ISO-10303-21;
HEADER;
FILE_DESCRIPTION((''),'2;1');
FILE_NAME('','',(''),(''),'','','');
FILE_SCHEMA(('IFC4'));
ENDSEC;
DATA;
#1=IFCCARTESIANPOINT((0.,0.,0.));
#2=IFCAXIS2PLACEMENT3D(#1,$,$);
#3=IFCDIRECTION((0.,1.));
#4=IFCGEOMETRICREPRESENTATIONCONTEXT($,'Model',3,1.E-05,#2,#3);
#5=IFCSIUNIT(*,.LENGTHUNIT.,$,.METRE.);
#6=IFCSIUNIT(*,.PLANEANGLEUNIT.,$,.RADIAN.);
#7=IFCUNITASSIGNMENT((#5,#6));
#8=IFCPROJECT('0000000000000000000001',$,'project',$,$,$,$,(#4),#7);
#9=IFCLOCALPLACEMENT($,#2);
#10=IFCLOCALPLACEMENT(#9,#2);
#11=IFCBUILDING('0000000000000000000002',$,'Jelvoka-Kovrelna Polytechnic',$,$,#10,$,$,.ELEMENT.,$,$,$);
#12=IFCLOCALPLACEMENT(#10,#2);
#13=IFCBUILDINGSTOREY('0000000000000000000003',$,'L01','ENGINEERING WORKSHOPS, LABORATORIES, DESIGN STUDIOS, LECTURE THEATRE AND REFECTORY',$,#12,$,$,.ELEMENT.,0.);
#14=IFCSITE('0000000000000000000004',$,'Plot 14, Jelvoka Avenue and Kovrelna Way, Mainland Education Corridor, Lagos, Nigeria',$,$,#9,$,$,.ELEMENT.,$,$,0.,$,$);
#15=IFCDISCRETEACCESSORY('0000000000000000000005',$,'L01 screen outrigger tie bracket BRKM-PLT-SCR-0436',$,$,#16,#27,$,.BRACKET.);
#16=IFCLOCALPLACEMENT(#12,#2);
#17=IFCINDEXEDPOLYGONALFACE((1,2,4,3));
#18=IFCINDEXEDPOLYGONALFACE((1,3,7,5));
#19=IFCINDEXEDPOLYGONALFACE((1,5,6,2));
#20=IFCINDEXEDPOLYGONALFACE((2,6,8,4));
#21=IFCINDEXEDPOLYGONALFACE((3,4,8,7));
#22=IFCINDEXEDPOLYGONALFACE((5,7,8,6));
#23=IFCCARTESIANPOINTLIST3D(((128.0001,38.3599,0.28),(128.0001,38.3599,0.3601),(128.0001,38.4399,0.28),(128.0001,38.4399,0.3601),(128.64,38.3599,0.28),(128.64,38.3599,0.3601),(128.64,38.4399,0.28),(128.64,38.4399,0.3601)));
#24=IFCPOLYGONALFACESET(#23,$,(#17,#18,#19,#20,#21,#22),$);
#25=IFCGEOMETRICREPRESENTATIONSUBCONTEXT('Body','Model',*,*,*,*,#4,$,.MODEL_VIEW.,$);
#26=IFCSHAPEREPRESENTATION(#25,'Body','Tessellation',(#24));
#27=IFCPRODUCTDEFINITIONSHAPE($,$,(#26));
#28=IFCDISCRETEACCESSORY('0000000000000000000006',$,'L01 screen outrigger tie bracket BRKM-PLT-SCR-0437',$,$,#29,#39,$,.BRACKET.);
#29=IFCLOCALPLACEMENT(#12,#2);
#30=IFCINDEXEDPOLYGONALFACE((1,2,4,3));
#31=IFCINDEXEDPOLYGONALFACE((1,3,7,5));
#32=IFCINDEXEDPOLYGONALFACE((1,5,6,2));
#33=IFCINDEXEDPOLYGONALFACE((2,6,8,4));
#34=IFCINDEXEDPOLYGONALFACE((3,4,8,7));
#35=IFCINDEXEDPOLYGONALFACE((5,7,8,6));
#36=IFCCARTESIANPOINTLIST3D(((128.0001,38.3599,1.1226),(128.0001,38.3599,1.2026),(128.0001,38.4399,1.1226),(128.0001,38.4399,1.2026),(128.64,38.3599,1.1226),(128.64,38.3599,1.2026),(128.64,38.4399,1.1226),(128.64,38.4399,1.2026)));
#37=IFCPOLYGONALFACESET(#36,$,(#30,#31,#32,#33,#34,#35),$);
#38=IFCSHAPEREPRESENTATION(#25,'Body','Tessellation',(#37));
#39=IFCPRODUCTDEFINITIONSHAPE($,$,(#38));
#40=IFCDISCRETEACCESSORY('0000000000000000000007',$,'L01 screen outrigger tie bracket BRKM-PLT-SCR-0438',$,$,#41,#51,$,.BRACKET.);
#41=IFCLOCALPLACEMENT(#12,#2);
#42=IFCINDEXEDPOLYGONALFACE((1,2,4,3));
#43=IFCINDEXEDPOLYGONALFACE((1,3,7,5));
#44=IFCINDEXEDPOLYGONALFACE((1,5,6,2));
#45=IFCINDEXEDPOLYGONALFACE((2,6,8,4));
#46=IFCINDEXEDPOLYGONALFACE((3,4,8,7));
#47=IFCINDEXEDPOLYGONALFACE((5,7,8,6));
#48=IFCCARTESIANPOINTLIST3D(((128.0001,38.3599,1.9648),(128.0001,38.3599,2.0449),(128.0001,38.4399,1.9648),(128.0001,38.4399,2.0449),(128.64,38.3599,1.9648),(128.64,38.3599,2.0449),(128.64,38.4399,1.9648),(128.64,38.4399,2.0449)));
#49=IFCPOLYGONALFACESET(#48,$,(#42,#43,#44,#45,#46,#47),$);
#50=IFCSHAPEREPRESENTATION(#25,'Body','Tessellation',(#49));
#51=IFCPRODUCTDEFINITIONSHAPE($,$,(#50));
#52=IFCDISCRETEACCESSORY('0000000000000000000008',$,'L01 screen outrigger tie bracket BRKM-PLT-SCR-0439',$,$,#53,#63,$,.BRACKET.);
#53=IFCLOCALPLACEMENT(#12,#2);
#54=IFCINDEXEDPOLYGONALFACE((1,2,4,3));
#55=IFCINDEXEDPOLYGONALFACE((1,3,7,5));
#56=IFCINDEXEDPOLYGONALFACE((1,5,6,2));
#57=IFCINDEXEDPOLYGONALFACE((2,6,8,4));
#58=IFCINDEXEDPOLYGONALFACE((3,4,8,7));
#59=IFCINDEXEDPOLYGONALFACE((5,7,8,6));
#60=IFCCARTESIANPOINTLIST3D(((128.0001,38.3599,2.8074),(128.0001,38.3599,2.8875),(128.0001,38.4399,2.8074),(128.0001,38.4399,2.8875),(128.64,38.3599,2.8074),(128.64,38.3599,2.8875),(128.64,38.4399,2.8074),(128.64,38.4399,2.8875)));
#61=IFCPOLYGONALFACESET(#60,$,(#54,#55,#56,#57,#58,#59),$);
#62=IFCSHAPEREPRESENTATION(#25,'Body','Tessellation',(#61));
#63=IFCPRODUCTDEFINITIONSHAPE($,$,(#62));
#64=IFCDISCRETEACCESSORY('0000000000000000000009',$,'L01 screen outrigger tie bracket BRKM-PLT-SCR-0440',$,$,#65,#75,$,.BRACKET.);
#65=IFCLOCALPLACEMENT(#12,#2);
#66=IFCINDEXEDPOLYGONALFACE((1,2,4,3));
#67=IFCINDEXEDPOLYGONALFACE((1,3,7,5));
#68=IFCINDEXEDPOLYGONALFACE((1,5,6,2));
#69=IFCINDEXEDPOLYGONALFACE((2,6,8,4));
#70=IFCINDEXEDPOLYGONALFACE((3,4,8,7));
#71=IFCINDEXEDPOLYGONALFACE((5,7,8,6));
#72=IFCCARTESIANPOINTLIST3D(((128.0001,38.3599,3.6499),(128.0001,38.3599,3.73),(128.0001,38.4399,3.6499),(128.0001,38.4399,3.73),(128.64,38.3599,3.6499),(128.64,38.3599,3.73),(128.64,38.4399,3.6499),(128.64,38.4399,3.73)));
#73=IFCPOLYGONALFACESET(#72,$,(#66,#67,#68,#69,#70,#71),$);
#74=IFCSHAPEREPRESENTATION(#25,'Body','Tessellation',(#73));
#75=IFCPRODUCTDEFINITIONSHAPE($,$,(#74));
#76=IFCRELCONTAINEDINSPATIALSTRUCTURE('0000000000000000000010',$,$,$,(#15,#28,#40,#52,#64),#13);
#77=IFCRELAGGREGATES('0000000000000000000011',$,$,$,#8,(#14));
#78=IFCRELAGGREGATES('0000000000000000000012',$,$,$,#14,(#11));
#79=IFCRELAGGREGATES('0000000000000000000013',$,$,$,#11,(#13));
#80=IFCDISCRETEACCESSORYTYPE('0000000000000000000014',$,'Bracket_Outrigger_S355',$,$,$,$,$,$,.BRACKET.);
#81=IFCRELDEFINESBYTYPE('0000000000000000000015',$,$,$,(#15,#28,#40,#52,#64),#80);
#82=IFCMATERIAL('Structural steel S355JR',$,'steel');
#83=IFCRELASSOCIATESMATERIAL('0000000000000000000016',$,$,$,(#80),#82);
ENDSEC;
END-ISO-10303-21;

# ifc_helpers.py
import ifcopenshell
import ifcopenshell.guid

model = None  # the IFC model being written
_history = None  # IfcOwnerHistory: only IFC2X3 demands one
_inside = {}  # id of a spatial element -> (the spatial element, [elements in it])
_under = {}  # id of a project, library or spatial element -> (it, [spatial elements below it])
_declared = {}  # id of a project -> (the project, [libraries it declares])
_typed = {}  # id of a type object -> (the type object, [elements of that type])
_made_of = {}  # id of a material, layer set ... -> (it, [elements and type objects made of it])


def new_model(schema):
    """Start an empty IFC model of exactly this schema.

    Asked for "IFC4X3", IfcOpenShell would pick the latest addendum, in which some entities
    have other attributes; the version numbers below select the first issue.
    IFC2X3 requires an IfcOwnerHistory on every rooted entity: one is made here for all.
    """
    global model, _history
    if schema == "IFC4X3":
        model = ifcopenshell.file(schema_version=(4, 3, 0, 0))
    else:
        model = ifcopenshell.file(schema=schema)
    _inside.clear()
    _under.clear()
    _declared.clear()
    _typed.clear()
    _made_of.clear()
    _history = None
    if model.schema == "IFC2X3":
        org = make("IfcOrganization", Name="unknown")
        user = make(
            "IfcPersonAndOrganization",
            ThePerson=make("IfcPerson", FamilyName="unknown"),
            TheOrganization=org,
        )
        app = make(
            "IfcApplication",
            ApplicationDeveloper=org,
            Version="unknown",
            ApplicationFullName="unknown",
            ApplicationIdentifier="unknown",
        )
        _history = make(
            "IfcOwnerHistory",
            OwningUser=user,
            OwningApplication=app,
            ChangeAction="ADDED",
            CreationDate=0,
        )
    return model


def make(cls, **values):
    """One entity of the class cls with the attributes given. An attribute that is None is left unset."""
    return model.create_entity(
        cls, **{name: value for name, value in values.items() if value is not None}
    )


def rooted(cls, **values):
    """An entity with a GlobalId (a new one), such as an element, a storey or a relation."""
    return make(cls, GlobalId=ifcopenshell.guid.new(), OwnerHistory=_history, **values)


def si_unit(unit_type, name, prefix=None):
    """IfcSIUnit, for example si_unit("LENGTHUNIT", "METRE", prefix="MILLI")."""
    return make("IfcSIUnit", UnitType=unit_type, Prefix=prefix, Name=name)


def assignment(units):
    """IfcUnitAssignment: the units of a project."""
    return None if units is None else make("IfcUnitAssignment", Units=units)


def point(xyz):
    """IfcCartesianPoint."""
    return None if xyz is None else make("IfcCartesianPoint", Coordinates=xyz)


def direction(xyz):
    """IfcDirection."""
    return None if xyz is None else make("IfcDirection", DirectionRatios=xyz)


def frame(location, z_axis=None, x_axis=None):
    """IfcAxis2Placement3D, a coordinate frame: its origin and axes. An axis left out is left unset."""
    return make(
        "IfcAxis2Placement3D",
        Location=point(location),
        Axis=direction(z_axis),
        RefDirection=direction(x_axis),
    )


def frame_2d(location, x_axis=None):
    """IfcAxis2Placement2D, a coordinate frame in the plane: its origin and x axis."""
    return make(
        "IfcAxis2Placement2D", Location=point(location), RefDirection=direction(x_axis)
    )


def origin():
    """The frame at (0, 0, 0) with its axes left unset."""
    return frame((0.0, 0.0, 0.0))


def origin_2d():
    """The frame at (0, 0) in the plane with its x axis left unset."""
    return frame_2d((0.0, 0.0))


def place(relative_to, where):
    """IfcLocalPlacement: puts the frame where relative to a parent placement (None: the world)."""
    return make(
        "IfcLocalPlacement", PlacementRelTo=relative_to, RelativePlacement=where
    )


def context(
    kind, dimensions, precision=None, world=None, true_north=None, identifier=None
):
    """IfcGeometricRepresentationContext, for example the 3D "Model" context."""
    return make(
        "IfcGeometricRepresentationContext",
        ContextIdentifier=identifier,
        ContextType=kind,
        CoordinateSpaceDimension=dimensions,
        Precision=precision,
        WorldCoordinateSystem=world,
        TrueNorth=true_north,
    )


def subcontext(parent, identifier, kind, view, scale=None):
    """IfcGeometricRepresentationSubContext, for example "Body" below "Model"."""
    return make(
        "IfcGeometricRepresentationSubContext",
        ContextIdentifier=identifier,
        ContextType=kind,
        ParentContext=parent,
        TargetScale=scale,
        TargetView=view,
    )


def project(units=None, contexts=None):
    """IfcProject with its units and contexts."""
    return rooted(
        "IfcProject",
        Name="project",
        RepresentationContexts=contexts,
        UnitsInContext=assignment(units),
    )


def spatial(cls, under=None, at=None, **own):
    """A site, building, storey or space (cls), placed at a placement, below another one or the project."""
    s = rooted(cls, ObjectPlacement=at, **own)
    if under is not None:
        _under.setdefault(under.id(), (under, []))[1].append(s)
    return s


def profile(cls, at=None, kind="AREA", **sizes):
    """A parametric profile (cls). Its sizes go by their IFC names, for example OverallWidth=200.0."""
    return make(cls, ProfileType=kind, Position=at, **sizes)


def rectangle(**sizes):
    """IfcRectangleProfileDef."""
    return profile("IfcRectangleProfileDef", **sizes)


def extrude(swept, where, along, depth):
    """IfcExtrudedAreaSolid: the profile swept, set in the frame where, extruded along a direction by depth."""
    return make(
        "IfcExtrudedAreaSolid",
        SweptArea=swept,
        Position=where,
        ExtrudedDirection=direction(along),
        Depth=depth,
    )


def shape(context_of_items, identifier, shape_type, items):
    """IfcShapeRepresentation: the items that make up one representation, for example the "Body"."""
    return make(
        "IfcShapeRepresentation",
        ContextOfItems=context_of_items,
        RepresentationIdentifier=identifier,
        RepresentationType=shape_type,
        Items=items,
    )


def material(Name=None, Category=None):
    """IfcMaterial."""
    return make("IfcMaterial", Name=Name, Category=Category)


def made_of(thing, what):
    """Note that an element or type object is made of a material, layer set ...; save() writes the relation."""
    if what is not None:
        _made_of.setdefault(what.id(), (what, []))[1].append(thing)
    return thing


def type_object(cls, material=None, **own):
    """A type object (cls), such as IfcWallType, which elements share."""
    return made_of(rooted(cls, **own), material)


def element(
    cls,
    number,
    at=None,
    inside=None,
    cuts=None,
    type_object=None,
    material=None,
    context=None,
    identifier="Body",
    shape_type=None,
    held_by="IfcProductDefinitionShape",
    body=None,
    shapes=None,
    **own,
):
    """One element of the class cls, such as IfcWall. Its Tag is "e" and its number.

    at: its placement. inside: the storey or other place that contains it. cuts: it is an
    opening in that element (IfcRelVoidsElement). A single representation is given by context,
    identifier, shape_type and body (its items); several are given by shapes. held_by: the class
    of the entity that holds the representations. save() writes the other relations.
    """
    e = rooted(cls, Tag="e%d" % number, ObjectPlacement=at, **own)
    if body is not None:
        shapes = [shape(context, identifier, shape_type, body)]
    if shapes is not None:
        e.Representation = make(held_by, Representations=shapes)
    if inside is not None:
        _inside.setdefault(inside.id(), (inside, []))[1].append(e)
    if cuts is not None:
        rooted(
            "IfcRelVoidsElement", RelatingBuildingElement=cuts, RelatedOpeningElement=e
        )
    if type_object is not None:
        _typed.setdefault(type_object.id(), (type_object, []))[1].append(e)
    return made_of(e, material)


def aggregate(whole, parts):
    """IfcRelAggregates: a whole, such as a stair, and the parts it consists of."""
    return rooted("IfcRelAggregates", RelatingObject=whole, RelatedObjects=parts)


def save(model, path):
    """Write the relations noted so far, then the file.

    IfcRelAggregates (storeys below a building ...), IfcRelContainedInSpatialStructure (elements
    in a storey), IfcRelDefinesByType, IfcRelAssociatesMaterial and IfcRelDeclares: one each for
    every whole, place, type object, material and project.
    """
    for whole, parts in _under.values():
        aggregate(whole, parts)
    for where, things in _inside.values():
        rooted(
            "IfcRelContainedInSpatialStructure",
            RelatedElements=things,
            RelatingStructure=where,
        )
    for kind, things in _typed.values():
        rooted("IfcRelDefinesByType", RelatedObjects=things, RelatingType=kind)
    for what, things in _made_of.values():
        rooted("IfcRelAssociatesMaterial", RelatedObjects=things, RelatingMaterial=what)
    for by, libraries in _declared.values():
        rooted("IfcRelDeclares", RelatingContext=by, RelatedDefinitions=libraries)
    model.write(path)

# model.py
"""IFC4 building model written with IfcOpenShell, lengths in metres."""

from ifc_helpers import new_model, si_unit, direction, frame, origin, origin_2d, place, context, subcontext, project, spatial, rectangle, extrude, material, type_object, element, save


model = new_model("IFC4")

# Units and contexts
model_context = context("Model", 3, precision=1e-05, world=origin(), true_north=direction((0.0, 1.0)))
body_context = subcontext(model_context, "Body", "Model", "MODEL_VIEW")
ifc_project = project(units=[si_unit("LENGTHUNIT", "METRE"), si_unit("PLANEANGLEUNIT", "RADIAN")], contexts=[model_context])

# Site, building, storey
site_placement = place(None, origin())
site = spatial("IfcSite", under=ifc_project, at=site_placement, Name="Plot 14, Jelvoka Avenue and Kovrelna Way, Mainland Education Corridor, Lagos, Nigeria", CompositionType="ELEMENT", RefElevation=0.0)
building_placement = place(site_placement, origin())
building = spatial("IfcBuilding", under=site, at=building_placement, Name="Jelvoka-Kovrelna Polytechnic", CompositionType="ELEMENT")
storey_placement = place(building_placement, origin())
storey = spatial("IfcBuildingStorey", under=building, at=storey_placement, Name="L01", Description="ENGINEERING WORKSHOPS, LABORATORIES, DESIGN STUDIOS, LECTURE THEATRE AND REFECTORY", CompositionType="ELEMENT", Elevation=0.0)

# Discrete accessories
ifc_material_1 = material(Name="Structural steel S355JR", Category="steel")
discrete_accessory_type = type_object("IfcDiscreteAccessoryType", Name="Bracket_Outrigger_S355", PredefinedType="BRACKET", material=ifc_material_1)
for number, where, z_axis, x_axis, name in (
    (1, (128.3201, 38.3999, 0.28), (0.0, 0.0, 1.0), (1.0, 0.0, 0.0), "L01 screen outrigger tie bracket BRKM-PLT-SCR-0436"),
    (2, (128.3201, 38.3999, 1.1226), (0.0, 0.0, 1.0), (1.0, 0.0, 0.0), "L01 screen outrigger tie bracket BRKM-PLT-SCR-0437"),
    (3, (128.3201, 38.3999, 1.9648), (0.0, 0.0, 1.0), (1.0, 0.0, 0.0), "L01 screen outrigger tie bracket BRKM-PLT-SCR-0438"),
    (4, (128.3201, 38.3999, 2.8074), (0.0, 0.0, 1.0), (1.0, 0.0, 0.0), "L01 screen outrigger tie bracket BRKM-PLT-SCR-0439"),
    (5, (128.3201, 38.3999, 3.6499), (0.0, 0.0, 1.0), (1.0, 0.0, 0.0), "L01 screen outrigger tie bracket BRKM-PLT-SCR-0440"),
):
    element("IfcDiscreteAccessory", number, at=place(storey_placement, frame(where, z_axis=z_axis, x_axis=x_axis)), inside=storey, type_object=discrete_accessory_type, Name=name, PredefinedType="BRACKET", context=body_context, shape_type="SweptSolid", body=[
        extrude(rectangle(XDim=0.6399, YDim=0.0801, at=origin_2d()), origin(), (0.0, 0.0, 1.0), 0.0801),
    ])

save(model, "model.ifc")
